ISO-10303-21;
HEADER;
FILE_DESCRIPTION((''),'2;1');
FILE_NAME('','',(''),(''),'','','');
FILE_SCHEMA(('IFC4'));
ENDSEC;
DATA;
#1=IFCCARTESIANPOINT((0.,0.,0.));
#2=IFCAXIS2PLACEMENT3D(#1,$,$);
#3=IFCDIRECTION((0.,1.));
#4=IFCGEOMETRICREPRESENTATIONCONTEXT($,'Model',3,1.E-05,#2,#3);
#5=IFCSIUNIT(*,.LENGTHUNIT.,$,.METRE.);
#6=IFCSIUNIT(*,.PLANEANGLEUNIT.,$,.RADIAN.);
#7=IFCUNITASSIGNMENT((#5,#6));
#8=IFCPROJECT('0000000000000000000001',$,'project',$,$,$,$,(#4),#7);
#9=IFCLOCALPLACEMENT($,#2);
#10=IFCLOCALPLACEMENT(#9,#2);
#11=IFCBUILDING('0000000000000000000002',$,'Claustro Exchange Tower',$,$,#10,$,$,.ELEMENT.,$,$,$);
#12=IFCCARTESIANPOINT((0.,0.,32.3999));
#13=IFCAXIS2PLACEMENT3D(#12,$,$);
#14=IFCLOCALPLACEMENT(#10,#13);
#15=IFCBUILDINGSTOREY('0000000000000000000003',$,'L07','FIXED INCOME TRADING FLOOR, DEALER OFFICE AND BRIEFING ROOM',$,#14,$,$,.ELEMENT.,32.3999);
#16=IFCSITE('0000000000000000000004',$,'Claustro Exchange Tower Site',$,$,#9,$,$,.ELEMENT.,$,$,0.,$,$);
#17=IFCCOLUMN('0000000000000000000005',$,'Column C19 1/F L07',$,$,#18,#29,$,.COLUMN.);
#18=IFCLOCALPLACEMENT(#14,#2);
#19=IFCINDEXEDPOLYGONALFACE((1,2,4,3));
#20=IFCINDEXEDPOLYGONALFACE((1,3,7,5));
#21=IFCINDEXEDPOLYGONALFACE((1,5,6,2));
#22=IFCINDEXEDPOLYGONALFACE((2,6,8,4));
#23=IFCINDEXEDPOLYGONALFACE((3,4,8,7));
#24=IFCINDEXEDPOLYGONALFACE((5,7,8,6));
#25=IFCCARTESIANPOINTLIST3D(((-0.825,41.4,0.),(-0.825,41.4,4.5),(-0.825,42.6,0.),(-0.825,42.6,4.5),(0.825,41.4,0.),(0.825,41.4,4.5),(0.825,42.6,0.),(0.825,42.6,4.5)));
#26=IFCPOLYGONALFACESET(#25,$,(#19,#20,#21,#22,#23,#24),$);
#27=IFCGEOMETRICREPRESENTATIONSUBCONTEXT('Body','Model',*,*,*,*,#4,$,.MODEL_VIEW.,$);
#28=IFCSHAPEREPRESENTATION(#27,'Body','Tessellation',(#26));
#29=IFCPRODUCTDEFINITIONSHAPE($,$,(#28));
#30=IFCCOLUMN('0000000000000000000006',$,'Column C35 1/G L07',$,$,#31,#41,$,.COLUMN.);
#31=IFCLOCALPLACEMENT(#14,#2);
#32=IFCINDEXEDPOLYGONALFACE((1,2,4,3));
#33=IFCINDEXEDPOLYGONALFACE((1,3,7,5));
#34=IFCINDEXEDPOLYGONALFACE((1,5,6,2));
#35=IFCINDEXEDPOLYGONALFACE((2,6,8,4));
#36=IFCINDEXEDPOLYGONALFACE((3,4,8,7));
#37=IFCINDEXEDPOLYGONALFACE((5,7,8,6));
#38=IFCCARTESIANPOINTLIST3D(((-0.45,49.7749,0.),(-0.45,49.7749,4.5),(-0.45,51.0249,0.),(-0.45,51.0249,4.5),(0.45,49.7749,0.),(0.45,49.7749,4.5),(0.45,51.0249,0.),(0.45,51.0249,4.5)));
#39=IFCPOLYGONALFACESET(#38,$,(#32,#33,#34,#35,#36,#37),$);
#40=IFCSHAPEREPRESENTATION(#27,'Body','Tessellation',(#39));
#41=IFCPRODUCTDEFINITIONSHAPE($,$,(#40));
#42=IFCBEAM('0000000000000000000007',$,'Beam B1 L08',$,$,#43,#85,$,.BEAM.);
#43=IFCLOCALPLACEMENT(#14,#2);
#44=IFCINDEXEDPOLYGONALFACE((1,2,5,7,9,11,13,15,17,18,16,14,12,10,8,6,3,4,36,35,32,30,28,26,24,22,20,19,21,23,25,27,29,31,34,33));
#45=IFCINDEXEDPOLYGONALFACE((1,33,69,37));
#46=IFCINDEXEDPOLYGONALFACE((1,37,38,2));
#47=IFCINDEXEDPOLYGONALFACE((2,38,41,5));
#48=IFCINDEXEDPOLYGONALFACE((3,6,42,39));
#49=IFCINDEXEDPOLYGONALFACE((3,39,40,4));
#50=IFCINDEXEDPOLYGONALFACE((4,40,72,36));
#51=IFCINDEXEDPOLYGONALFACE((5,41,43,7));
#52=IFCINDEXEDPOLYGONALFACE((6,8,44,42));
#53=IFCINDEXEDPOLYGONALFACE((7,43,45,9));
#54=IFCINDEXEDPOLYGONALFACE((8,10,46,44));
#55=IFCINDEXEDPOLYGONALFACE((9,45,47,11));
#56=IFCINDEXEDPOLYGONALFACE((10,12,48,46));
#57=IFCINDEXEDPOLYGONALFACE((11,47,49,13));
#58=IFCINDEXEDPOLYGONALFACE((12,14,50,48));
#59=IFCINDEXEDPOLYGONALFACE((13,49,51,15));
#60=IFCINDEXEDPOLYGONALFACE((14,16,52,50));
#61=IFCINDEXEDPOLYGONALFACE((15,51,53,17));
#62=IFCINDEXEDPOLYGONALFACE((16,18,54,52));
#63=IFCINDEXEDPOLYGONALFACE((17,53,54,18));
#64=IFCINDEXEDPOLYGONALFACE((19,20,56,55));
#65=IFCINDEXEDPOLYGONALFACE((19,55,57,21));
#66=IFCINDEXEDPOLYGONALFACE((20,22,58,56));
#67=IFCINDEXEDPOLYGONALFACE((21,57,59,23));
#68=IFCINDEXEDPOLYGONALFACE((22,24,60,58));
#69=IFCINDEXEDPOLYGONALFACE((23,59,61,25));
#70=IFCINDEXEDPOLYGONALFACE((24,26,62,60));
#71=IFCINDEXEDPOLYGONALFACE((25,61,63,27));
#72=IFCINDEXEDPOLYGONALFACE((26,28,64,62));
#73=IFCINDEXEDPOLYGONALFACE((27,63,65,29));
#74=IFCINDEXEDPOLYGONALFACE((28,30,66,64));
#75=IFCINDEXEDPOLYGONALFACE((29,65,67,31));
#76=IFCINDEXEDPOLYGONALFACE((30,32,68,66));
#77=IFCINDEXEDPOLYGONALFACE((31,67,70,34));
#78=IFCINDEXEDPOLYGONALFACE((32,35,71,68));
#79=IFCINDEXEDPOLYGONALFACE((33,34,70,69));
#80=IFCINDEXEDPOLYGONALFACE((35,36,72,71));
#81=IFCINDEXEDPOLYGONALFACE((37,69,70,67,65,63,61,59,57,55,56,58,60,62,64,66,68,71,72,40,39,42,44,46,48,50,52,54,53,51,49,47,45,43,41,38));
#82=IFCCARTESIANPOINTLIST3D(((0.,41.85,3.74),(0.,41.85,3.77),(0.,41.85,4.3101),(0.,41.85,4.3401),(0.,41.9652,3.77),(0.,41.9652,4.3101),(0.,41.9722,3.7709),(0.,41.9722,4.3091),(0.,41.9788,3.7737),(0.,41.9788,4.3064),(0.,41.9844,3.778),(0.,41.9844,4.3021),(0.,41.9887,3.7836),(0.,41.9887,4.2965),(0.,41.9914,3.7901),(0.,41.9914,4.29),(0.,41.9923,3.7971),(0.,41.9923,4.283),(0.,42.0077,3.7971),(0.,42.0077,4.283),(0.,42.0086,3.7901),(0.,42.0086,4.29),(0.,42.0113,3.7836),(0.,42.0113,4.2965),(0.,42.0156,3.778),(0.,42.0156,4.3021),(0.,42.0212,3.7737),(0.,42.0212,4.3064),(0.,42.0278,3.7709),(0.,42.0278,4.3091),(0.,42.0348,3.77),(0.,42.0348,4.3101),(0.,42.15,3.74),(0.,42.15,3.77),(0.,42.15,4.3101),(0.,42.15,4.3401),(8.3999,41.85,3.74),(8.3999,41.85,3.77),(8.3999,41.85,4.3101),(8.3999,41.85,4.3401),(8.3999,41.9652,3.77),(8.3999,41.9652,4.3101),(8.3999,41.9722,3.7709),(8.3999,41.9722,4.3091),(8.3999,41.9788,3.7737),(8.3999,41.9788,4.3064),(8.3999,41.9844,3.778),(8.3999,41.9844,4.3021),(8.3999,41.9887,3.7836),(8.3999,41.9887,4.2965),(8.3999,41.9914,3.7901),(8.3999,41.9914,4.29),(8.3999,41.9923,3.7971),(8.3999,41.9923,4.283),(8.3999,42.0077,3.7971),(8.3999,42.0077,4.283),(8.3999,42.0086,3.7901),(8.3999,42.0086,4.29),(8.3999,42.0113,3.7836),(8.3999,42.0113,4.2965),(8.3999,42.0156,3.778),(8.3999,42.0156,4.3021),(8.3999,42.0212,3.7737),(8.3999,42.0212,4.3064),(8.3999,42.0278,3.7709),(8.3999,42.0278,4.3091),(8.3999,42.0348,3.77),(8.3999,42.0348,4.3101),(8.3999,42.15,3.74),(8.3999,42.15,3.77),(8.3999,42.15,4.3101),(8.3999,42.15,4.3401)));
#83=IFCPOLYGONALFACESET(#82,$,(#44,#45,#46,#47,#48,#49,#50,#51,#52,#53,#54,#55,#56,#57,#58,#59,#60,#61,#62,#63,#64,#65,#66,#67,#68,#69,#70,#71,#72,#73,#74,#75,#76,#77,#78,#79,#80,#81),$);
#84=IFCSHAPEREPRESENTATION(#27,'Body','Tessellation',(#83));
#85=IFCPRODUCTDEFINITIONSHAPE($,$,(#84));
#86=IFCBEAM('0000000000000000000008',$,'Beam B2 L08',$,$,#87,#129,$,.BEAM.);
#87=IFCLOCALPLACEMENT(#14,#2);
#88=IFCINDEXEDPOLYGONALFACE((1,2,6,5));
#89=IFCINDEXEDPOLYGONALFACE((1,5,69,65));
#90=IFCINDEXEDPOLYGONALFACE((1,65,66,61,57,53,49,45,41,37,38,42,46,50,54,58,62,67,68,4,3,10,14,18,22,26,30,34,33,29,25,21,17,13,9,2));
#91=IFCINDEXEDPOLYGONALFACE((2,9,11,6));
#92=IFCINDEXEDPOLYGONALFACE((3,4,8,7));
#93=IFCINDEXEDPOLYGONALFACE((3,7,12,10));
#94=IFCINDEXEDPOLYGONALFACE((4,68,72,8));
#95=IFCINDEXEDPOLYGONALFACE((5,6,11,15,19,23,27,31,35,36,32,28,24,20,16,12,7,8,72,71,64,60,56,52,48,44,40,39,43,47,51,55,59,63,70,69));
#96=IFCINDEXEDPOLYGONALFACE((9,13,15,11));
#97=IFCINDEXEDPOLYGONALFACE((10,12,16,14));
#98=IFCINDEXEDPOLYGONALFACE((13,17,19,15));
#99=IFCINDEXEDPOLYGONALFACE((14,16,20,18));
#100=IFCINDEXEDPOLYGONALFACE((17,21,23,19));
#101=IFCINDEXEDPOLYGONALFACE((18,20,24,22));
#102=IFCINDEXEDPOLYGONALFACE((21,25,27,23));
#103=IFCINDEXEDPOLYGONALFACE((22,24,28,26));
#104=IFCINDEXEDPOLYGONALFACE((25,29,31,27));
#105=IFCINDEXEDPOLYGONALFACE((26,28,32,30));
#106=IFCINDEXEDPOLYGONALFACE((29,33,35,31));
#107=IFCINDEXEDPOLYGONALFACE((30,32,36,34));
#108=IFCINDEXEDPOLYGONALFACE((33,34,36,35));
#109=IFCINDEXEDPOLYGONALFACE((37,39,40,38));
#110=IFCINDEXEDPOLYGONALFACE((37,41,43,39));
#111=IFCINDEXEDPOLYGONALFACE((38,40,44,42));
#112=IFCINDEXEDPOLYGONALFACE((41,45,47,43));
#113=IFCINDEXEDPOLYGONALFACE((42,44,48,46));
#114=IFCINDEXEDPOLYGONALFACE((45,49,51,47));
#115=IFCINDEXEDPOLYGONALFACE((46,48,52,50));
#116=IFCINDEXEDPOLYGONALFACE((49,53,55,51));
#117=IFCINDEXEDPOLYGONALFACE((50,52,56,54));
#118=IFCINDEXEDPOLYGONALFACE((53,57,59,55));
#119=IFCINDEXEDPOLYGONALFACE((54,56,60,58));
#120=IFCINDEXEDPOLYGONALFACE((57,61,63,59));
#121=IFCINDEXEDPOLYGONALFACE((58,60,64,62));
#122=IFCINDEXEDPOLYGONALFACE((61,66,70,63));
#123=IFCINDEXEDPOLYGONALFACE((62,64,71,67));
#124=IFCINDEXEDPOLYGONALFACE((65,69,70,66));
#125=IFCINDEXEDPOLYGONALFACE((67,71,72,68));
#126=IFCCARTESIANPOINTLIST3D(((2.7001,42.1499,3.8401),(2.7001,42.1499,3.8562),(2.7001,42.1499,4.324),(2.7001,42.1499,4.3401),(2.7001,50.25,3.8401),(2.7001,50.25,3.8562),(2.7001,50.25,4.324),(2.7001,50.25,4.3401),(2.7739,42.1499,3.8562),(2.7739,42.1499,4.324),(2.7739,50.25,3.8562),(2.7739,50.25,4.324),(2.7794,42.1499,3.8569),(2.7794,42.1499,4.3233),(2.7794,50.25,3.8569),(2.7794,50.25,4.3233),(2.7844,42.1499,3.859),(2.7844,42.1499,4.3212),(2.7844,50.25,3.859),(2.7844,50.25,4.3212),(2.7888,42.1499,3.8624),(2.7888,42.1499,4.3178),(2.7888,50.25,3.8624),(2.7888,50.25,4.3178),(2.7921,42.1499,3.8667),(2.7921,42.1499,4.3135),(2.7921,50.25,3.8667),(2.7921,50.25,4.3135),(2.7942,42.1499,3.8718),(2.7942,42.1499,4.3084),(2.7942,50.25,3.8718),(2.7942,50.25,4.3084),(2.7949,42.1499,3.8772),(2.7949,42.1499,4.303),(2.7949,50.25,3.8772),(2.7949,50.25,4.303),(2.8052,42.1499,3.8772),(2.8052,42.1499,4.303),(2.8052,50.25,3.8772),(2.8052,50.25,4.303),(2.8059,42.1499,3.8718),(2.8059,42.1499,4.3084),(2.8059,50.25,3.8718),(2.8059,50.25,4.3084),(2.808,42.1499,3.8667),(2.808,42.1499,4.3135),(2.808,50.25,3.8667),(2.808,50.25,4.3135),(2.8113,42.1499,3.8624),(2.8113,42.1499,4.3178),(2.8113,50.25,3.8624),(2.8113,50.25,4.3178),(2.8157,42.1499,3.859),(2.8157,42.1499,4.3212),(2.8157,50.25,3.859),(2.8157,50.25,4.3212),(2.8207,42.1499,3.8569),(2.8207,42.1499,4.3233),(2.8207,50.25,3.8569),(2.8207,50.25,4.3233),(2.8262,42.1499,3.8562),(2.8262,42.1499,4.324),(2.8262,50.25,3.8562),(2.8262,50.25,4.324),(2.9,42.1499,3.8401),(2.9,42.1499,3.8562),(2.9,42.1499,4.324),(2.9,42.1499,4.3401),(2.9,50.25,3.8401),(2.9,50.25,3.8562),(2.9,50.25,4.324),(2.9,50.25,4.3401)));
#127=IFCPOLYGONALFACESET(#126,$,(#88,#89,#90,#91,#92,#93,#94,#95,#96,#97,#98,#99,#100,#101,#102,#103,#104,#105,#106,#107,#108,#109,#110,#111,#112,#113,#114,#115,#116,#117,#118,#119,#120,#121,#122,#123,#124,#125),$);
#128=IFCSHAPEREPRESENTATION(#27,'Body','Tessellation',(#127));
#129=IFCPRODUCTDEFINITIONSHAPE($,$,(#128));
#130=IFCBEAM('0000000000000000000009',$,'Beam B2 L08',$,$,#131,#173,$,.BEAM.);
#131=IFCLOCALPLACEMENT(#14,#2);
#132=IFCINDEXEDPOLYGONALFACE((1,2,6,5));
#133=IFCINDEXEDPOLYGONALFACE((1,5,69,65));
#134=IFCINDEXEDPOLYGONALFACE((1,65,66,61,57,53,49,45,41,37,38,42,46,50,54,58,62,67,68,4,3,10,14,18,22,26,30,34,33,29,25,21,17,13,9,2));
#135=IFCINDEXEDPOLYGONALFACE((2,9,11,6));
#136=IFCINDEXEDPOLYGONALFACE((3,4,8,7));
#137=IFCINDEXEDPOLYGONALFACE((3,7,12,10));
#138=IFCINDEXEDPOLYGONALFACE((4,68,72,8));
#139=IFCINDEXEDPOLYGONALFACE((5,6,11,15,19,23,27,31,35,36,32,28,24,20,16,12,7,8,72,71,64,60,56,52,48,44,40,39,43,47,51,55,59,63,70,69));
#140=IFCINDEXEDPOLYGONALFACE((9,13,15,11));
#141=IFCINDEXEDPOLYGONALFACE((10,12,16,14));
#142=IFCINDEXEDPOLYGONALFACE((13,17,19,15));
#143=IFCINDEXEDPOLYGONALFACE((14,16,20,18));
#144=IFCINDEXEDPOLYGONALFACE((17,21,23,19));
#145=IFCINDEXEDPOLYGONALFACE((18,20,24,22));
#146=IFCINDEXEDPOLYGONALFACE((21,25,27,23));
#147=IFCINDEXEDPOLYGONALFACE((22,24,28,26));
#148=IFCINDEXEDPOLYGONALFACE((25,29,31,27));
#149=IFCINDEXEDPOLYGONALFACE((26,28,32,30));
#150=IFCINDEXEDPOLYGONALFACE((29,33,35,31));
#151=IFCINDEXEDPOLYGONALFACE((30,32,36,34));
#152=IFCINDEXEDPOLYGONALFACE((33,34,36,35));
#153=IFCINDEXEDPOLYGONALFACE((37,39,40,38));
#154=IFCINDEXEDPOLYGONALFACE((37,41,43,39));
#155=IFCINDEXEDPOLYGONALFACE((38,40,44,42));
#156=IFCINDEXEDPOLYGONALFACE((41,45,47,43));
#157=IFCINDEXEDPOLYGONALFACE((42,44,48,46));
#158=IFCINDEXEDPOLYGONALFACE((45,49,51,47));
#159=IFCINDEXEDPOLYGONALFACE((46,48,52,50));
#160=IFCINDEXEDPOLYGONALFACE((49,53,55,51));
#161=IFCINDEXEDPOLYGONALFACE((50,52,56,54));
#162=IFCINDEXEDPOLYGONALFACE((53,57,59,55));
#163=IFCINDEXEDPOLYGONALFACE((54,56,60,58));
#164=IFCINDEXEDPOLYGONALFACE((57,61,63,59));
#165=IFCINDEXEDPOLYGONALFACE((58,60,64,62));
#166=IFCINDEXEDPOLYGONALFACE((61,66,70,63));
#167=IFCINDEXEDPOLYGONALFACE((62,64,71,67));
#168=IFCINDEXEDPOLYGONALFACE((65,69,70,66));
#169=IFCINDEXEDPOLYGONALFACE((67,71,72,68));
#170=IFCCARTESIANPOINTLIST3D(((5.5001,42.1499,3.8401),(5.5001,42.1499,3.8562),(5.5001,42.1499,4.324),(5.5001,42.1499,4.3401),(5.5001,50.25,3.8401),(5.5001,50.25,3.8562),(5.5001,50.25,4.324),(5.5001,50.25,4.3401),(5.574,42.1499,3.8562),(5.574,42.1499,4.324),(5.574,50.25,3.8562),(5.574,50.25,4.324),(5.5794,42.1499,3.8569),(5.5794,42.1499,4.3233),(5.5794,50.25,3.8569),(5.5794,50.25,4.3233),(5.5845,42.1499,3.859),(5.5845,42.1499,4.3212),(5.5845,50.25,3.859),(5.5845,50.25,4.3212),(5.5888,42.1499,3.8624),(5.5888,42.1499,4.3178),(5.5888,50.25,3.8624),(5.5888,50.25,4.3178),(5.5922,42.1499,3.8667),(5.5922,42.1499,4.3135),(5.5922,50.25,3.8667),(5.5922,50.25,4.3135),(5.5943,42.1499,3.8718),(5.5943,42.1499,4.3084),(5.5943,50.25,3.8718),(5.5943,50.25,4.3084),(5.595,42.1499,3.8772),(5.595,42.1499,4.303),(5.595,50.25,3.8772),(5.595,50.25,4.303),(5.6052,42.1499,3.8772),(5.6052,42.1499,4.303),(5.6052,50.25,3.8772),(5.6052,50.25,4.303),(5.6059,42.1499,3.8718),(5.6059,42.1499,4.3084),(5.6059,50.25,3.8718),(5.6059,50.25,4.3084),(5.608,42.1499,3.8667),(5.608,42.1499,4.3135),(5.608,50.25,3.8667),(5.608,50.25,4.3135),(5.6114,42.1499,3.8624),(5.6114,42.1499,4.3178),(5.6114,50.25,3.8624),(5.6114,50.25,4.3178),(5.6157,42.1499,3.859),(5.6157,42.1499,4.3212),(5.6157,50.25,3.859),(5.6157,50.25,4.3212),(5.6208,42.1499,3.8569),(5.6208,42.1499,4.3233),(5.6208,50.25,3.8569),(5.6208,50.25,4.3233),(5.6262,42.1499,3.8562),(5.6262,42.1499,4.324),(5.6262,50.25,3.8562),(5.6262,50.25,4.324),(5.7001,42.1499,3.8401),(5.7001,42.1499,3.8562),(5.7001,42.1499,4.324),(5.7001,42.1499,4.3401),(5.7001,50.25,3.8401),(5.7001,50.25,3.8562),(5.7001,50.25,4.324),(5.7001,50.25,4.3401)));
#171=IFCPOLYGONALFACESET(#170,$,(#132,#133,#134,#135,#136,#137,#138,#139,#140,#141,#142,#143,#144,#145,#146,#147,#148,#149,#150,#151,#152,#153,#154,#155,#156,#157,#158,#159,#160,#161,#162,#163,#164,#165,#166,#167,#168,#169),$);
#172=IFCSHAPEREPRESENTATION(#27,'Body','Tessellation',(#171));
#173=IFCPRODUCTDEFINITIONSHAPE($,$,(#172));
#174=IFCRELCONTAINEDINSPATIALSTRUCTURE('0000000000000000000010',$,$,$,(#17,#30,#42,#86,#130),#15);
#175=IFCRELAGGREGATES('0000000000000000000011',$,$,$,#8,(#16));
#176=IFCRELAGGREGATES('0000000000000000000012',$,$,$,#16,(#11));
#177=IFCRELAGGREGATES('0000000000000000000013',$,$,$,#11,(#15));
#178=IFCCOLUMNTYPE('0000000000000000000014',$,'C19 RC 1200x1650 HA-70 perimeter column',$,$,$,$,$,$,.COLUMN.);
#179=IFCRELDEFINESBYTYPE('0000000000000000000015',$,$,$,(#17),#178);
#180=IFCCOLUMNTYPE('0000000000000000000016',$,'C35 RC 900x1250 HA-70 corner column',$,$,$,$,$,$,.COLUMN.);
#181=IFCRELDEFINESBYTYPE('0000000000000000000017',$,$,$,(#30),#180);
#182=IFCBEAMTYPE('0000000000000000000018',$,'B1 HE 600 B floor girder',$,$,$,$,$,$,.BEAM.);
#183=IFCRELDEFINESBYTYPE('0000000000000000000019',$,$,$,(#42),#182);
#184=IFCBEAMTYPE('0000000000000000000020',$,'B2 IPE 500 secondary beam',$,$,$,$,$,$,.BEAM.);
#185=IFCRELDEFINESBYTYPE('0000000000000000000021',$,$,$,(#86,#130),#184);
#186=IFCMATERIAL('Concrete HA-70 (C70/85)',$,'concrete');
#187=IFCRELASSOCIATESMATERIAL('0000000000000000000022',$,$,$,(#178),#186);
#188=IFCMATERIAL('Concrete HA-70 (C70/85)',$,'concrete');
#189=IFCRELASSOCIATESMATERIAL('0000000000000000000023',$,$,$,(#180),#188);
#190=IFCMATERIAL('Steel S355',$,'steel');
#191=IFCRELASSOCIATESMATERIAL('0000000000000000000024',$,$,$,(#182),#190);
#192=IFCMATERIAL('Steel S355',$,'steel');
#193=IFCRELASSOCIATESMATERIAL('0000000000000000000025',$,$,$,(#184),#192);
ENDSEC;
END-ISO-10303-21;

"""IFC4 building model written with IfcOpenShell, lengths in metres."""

from ifc_helpers import new_model, si_unit, direction, frame, origin, origin_2d, place, context, subcontext, project, spatial, rectangle, i_section, extrude, material, material_profile, profile_set, type_object, element, save


model = new_model("IFC4")

# Units and contexts
model_context = context("Model", 3, precision=1e-05, world=origin(), true_north=direction((0.0, 1.0)))
body_context = subcontext(model_context, "Body", "Model", "MODEL_VIEW")
ifc_project = project(units=[si_unit("LENGTHUNIT", "METRE"), si_unit("PLANEANGLEUNIT", "RADIAN")], contexts=[model_context])

# Site, building, storey
site_placement = place(None, origin())
site = spatial("IfcSite", under=ifc_project, at=site_placement, Name="Claustro Exchange Tower Site", CompositionType="ELEMENT", RefElevation=0.0)
building_placement = place(site_placement, origin())
building = spatial("IfcBuilding", under=site, at=building_placement, Name="Claustro Exchange Tower", CompositionType="ELEMENT")
storey_placement = place(building_placement, frame((0.0, 0.0, 32.3999)))
storey = spatial("IfcBuildingStorey", under=building, at=storey_placement, Name="L07", Description="FIXED INCOME TRADING FLOOR, DEALER OFFICE AND BRIEFING ROOM", CompositionType="ELEMENT", Elevation=32.3999)

# Columns
ifc_material_1 = material(Name="Concrete HA-70 (C70/85)", Category="concrete")
ifc_material_profile_1 = material_profile(ifc_material_1, rectangle(XDim=1.2, YDim=1.6499, at=origin_2d()), Name="RC 1200x1650")
ifc_profile_set_1 = profile_set([ifc_material_profile_1], Name="Concrete HA-70 (C70/85)")
column_type_1 = type_object("IfcColumnType", Name="C19 RC 1200x1650 HA-70 perimeter column", PredefinedType="COLUMN", material=ifc_profile_set_1)
column_1_placement = place(storey_placement, frame((0.0, 42.0, 0.0), z_axis=(0.0, 0.0, 1.0), x_axis=(0.0, 1.0, 0.0)))
element("IfcColumn", 1, at=column_1_placement, inside=storey, type_object=column_type_1, Name="Column C19 1/F L07", PredefinedType="COLUMN", context=body_context, shape_type="SweptSolid", body=[
    extrude(rectangle(XDim=1.2, YDim=1.6499, at=origin_2d()), origin(), (0.0, 0.0, 1.0), 4.5),
])
ifc_material_2 = material(Name="Concrete HA-70 (C70/85)", Category="concrete")
ifc_material_profile_2 = material_profile(ifc_material_2, rectangle(XDim=0.8999, YDim=1.25, at=origin_2d()), Name="RC 900x1250")
ifc_profile_set_2 = profile_set([ifc_material_profile_2], Name="Concrete HA-70 (C70/85)")
column_type_2 = type_object("IfcColumnType", Name="C35 RC 900x1250 HA-70 corner column", PredefinedType="COLUMN", material=ifc_profile_set_2)
column_2_placement = place(storey_placement, frame((0.0, 50.3999, 0.0), z_axis=(0.0, 0.0, 1.0), x_axis=(1.0, 0.0, 0.0)))
element("IfcColumn", 2, at=column_2_placement, inside=storey, type_object=column_type_2, Name="Column C35 1/G L07", PredefinedType="COLUMN", context=body_context, shape_type="SweptSolid", body=[
    extrude(rectangle(XDim=0.8999, YDim=1.25, at=origin_2d()), origin(), (0.0, 0.0, 1.0), 4.5),
])

# Beams
ifc_material_3 = material(Name="Steel S355", Category="steel")
ifc_material_profile_3 = material_profile(ifc_material_3, i_section(OverallWidth=0.3, OverallDepth=0.6001, WebThickness=0.0154, FlangeThickness=0.03, FilletRadius=0.0271, at=origin_2d()), Name="HE 600 B")
ifc_profile_set_3 = profile_set([ifc_material_profile_3], Name="Steel S355")
beam_type_1 = type_object("IfcBeamType", Name="B1 HE 600 B floor girder", PredefinedType="BEAM", material=ifc_profile_set_3)
beam_placement = place(storey_placement, frame((0.0, 42.0, 4.04), z_axis=(1.0, 0.0, 0.0), x_axis=(0.0, 1.0, 0.0)))
element("IfcBeam", 3, at=beam_placement, inside=storey, type_object=beam_type_1, Name="Beam B1 L08", PredefinedType="BEAM", context=body_context, shape_type="SweptSolid", body=[
    extrude(i_section(OverallWidth=0.3, OverallDepth=0.6001, WebThickness=0.0154, FlangeThickness=0.03, FilletRadius=0.0271, at=origin_2d()), origin(), (0.0, 0.0, 1.0), 8.3999),
])
ifc_material_4 = material(Name="Steel S355", Category="steel")
ifc_material_profile_4 = material_profile(ifc_material_4, i_section(OverallWidth=0.2, OverallDepth=0.5, WebThickness=0.0103, FlangeThickness=0.0161, FilletRadius=0.021, at=origin_2d()), Name="IPE 500")
ifc_profile_set_4 = profile_set([ifc_material_profile_4], Name="Steel S355")
beam_type_2 = type_object("IfcBeamType", Name="B2 IPE 500 secondary beam", PredefinedType="BEAM", material=ifc_profile_set_4)
for number, where, z_axis, x_axis, name in (
    (4, (2.8, 42.1499, 4.0901), (0.0, 1.0, 0.0), (-1.0, 0.0, 0.0), "Beam B2 L08"),
    (5, (5.6001, 42.1499, 4.0901), (0.0, 1.0, 0.0), (-1.0, 0.0, 0.0), "Beam B2 L08"),
):
    element("IfcBeam", number, at=place(storey_placement, frame(where, z_axis=z_axis, x_axis=x_axis)), inside=storey, type_object=beam_type_2, Name=name, PredefinedType="BEAM", context=body_context, shape_type="SweptSolid", body=[
        extrude(i_section(OverallWidth=0.2, OverallDepth=0.5, WebThickness=0.0103, FlangeThickness=0.0161, FilletRadius=0.021, at=origin_2d()), origin(), (0.0, 0.0, 1.0), 8.1001),
    ])

save(model, "model.ifc")
